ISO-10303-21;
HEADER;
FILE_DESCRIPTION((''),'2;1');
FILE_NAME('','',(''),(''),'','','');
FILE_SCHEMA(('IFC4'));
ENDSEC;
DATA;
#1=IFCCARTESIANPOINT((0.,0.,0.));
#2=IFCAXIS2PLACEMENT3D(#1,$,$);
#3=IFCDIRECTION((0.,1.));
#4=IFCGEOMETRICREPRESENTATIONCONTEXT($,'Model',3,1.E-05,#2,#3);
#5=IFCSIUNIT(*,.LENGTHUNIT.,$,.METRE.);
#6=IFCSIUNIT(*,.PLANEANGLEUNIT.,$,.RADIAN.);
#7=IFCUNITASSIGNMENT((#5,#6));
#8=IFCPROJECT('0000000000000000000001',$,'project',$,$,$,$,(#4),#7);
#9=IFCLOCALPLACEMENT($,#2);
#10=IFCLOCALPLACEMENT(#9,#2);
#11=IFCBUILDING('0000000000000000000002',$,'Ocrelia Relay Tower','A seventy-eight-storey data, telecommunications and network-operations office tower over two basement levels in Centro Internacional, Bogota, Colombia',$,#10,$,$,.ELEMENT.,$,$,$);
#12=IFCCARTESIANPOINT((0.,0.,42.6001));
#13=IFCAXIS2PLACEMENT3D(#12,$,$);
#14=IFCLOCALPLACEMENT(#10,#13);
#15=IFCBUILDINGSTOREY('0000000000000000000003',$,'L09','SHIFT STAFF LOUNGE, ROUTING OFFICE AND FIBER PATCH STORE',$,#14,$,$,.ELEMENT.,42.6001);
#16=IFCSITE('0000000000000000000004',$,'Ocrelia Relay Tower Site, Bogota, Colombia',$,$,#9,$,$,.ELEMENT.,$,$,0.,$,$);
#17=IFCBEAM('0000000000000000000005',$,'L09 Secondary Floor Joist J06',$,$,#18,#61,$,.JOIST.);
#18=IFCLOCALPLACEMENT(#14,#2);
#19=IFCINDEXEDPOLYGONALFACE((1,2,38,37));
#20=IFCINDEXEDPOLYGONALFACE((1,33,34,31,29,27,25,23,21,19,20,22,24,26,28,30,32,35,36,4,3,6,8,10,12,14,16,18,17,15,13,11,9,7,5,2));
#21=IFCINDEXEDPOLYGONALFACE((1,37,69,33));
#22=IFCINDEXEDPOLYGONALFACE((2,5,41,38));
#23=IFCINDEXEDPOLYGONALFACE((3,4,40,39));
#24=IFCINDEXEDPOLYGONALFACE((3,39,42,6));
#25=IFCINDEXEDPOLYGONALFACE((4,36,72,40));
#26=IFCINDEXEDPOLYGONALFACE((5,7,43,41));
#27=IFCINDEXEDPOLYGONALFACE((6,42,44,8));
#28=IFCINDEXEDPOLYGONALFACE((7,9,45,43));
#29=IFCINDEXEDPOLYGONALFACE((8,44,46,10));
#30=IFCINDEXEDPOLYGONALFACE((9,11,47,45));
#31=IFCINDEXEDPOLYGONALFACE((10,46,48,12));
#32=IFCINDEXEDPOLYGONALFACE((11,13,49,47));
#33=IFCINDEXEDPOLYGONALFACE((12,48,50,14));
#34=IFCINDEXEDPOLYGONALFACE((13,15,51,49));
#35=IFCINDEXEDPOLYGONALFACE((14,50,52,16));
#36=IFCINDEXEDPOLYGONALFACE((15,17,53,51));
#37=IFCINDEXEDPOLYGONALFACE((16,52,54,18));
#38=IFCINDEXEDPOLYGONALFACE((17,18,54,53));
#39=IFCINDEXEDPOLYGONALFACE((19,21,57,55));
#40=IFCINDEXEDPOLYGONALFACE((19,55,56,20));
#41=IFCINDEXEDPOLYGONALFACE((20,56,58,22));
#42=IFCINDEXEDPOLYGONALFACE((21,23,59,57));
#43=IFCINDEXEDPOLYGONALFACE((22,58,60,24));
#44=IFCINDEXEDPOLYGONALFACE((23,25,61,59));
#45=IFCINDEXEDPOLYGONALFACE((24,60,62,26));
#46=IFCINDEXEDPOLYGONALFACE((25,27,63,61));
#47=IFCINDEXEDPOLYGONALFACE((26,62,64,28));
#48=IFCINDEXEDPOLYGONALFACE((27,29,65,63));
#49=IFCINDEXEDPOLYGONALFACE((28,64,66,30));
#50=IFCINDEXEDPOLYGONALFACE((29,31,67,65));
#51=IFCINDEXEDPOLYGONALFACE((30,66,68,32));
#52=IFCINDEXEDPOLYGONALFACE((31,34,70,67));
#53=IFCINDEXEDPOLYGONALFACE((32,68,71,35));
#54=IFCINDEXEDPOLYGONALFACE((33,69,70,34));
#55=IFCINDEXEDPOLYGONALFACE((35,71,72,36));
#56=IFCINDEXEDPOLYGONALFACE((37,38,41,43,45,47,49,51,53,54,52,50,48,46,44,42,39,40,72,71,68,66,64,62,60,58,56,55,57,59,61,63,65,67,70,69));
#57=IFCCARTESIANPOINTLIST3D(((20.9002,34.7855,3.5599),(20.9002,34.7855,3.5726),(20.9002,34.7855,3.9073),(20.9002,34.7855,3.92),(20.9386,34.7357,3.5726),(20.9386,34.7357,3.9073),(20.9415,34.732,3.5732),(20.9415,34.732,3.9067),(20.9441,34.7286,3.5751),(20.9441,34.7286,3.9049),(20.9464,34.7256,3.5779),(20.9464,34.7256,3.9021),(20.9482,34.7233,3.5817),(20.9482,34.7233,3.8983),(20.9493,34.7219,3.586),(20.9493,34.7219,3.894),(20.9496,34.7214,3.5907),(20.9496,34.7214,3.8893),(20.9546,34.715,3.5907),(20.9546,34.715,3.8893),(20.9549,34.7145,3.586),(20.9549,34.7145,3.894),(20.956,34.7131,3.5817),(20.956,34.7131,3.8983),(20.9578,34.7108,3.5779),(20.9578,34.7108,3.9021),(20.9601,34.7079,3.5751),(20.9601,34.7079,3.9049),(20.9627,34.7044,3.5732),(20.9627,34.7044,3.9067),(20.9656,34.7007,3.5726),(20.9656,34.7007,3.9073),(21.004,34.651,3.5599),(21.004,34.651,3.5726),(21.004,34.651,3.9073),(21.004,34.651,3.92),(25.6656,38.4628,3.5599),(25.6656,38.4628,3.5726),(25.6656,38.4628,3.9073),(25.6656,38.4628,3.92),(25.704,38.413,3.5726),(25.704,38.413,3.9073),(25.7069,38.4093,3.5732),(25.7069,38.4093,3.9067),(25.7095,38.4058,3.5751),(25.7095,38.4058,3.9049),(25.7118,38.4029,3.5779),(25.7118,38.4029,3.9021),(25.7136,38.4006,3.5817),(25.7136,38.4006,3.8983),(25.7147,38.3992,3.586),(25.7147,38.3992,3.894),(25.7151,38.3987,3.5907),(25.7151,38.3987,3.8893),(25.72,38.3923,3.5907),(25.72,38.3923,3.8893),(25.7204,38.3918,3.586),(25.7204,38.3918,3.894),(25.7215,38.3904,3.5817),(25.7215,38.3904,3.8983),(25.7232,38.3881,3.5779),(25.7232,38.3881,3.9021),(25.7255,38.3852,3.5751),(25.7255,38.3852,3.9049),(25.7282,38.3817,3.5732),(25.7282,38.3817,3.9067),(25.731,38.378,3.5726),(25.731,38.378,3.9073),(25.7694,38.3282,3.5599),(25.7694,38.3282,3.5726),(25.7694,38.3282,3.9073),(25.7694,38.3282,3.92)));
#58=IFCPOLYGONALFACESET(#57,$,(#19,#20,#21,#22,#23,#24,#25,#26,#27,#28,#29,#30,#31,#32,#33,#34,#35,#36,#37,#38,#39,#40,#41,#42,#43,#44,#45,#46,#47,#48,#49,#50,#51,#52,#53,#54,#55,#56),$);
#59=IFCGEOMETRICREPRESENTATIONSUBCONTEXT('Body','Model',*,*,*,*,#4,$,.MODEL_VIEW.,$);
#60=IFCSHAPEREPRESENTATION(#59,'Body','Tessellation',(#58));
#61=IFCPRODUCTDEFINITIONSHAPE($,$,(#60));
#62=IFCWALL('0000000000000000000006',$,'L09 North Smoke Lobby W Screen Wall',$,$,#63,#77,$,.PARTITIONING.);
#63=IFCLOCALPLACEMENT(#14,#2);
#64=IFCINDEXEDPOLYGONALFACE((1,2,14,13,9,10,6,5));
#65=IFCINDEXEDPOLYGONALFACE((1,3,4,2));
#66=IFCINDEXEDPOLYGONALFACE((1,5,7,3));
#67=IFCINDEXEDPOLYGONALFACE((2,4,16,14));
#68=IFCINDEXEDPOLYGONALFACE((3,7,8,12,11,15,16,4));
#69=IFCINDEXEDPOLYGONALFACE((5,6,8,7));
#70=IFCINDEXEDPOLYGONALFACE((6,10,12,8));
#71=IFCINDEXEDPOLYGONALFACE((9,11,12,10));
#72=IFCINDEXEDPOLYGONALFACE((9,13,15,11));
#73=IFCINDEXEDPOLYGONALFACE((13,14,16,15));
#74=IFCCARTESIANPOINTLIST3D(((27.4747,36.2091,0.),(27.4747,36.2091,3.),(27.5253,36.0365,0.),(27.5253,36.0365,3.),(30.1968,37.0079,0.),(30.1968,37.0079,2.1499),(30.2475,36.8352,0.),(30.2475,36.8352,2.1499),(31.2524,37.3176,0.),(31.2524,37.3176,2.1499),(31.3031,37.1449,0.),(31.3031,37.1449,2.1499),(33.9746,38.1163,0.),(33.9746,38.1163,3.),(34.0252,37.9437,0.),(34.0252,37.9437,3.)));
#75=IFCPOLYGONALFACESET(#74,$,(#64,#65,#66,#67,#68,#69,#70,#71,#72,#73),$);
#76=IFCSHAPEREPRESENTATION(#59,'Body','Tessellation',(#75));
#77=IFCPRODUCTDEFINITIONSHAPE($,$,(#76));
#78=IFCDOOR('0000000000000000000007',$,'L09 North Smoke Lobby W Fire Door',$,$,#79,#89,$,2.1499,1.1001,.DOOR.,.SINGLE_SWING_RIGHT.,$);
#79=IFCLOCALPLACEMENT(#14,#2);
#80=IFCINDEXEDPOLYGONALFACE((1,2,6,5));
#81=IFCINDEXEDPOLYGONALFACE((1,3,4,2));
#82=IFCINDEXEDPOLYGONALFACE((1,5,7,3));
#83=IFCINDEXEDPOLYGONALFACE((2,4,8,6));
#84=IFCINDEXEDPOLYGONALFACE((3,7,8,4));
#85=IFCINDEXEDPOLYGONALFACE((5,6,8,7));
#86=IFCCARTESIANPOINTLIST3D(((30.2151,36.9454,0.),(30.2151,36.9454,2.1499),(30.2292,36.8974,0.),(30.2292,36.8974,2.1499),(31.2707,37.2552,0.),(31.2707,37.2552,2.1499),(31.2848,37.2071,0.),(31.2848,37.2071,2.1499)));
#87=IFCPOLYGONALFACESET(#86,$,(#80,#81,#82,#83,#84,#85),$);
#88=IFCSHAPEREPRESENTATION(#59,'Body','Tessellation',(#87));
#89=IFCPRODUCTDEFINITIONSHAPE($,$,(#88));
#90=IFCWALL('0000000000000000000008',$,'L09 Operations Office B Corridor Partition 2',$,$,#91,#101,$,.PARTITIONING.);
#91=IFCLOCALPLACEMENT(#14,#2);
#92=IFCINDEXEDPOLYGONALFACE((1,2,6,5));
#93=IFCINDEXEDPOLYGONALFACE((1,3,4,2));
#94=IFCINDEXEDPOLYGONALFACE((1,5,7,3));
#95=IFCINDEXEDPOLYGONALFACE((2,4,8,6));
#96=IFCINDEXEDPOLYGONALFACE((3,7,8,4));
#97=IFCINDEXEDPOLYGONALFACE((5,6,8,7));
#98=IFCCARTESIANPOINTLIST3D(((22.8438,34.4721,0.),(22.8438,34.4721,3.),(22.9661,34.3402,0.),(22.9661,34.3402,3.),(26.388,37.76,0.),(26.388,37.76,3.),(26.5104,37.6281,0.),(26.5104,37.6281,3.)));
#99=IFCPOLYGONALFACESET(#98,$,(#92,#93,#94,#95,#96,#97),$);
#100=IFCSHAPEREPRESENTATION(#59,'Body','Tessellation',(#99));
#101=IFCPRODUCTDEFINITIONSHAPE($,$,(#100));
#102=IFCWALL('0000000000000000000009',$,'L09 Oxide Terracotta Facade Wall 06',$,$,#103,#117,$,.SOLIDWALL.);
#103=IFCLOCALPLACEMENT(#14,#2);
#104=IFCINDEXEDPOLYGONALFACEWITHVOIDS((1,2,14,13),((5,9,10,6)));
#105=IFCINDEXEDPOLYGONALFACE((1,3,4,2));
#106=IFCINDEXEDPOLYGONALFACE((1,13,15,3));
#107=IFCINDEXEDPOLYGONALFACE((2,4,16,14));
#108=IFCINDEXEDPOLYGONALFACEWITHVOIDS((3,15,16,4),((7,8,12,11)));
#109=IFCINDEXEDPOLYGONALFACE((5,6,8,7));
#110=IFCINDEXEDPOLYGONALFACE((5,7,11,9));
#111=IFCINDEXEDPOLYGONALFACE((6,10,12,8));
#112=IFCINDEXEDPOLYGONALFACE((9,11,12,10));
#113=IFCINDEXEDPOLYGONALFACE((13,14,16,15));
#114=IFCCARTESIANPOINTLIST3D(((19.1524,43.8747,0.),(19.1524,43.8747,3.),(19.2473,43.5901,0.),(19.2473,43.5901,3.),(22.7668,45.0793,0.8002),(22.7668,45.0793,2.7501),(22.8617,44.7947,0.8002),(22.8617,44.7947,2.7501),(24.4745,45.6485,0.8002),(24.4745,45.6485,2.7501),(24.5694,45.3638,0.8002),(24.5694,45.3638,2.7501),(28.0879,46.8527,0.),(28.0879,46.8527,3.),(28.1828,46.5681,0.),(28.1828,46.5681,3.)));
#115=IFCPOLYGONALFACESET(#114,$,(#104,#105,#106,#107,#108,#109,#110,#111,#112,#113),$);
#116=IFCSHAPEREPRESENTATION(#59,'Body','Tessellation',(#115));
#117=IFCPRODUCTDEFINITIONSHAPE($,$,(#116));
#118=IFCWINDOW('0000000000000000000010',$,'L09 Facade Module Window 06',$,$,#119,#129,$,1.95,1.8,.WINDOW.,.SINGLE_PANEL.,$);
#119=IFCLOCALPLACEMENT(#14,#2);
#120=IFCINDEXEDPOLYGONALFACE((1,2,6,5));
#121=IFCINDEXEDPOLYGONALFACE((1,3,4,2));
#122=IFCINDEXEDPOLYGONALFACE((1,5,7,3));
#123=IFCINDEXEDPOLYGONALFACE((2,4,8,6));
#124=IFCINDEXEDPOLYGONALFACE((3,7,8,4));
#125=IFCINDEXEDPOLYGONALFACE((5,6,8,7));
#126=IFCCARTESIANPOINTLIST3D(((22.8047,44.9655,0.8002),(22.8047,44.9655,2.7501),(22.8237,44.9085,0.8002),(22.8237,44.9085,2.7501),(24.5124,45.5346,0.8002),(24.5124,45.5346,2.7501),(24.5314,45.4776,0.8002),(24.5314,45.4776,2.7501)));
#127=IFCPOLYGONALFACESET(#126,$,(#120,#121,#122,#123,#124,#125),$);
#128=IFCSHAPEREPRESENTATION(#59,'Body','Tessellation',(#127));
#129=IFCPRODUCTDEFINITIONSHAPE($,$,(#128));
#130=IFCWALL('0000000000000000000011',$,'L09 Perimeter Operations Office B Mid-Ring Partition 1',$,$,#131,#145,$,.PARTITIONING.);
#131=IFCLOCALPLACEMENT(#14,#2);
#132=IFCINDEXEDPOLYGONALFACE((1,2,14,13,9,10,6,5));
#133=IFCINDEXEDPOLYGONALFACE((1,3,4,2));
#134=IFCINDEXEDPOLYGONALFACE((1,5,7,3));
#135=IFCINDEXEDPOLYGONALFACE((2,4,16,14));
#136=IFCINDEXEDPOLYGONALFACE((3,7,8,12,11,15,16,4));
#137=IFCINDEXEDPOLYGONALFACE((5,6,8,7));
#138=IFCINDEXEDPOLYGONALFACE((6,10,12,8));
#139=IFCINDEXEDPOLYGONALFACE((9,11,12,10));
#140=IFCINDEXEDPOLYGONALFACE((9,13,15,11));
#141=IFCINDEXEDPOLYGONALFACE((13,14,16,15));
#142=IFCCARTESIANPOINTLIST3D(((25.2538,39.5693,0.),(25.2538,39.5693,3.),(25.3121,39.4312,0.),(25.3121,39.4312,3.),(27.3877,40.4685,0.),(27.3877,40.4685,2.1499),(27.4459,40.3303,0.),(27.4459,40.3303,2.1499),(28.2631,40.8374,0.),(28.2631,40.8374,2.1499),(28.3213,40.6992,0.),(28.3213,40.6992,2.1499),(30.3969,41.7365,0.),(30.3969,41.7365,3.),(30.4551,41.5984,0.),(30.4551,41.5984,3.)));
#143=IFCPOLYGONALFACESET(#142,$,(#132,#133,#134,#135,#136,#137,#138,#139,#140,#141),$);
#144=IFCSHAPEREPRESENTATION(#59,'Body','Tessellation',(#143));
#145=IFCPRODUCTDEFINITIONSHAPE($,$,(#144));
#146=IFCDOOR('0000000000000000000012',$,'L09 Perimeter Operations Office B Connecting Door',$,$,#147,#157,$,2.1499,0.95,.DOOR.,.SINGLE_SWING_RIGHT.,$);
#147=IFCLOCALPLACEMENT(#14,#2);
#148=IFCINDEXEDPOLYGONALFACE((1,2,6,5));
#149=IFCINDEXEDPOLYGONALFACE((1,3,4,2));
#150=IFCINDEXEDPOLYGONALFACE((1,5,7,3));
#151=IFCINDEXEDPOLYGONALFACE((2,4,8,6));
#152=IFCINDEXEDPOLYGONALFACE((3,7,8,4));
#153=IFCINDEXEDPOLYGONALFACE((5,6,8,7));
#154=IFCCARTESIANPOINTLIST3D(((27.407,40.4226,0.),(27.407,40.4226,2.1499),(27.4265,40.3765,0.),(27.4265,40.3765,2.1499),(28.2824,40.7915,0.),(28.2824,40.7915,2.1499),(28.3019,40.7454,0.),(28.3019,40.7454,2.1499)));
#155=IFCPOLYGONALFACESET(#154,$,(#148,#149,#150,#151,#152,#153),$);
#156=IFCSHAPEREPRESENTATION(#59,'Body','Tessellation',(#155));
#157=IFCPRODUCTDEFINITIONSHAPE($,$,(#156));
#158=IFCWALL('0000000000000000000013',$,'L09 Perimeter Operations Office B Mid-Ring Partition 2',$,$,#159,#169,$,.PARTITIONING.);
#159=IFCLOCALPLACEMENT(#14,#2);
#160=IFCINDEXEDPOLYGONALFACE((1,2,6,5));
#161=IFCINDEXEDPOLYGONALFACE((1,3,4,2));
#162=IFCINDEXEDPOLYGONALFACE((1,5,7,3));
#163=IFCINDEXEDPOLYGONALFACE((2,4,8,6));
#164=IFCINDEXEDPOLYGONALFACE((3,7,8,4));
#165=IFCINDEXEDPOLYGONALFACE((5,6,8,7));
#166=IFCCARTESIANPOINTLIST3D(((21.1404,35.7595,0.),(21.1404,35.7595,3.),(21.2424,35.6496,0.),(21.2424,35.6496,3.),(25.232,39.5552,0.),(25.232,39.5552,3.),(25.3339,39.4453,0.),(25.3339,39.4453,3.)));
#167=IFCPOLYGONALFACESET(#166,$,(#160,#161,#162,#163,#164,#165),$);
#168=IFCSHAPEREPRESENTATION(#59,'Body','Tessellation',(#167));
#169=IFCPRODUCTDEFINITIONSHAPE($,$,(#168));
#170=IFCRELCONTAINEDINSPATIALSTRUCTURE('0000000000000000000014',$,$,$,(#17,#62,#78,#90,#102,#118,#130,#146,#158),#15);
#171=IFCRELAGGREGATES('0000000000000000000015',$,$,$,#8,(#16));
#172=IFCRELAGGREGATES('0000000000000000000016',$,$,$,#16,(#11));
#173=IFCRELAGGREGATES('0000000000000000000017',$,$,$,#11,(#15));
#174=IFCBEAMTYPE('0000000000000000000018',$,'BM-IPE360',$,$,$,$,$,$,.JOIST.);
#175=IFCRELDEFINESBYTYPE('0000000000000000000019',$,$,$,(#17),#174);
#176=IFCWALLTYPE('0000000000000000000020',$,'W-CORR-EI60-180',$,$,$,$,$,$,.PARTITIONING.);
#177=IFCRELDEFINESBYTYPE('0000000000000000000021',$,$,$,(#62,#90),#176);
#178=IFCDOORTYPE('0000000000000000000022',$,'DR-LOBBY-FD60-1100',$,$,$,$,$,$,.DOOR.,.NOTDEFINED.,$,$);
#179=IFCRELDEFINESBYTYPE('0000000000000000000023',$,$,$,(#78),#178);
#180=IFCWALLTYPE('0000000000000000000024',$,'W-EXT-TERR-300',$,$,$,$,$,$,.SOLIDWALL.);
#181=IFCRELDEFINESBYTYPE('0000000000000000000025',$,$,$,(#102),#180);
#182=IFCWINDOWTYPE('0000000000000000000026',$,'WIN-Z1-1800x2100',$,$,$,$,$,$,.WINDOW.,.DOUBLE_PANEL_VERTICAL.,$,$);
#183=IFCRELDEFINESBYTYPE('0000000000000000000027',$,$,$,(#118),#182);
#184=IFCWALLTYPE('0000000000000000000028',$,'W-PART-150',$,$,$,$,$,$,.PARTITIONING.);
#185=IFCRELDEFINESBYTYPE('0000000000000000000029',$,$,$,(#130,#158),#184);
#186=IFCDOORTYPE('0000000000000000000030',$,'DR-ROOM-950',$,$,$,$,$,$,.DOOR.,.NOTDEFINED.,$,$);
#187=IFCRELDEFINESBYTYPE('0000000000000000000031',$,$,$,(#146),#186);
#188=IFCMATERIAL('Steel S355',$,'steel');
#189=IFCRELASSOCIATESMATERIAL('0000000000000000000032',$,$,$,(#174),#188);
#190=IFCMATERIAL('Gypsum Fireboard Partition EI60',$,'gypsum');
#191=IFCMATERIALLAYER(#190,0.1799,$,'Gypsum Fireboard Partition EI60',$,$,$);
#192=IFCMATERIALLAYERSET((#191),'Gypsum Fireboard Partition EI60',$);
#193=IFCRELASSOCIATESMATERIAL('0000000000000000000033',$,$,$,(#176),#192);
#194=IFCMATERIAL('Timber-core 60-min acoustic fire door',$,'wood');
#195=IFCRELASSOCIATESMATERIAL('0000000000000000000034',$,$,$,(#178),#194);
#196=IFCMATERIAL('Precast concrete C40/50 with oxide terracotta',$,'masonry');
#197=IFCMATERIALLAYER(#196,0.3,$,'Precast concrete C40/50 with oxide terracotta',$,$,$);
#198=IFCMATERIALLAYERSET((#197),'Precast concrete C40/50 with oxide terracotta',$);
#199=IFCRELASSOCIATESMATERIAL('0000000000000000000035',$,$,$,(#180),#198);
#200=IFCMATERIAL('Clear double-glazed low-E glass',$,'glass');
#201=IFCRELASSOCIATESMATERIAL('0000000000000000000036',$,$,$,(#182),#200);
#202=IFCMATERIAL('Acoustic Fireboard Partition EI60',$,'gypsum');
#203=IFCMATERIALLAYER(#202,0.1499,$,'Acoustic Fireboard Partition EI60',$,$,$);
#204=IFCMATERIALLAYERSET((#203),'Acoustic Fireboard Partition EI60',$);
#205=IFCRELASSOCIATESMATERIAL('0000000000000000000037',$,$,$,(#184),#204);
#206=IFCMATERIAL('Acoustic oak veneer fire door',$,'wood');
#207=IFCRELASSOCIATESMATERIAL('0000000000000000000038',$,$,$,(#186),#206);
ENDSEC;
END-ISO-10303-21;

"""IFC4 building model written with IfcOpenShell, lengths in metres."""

from ifc_helpers import new_model, si_unit, direction, frame, frame_2d, origin, origin_2d, place, context, subcontext, project, spatial, rectangle, i_section, extrude, material, layer, layer_set, material_profile, profile_set, type_object, element, fill, save


model = new_model("IFC4")

# Units and contexts
model_context = context("Model", 3, precision=1e-05, world=origin(), true_north=direction((0.0, 1.0)))
body_context = subcontext(model_context, "Body", "Model", "MODEL_VIEW")
ifc_project = project(units=[si_unit("LENGTHUNIT", "METRE"), si_unit("PLANEANGLEUNIT", "RADIAN")], contexts=[model_context])

# Site, building, storey
site_placement = place(None, origin())
site = spatial("IfcSite", under=ifc_project, at=site_placement, Name="Ocrelia Relay Tower Site, Bogota, Colombia", CompositionType="ELEMENT", RefElevation=0.0)
building_placement = place(site_placement, origin())
building = spatial("IfcBuilding", under=site, at=building_placement, Name="Ocrelia Relay Tower", Description="A seventy-eight-storey data, telecommunications and network-operations office tower over two basement levels in Centro Internacional, Bogota, Colombia", CompositionType="ELEMENT")
storey_placement = place(building_placement, frame((0.0, 0.0, 42.6001)))
storey = spatial("IfcBuildingStorey", under=building, at=storey_placement, Name="L09", Description="SHIFT STAFF LOUNGE, ROUTING OFFICE AND FIBER PATCH STORE", CompositionType="ELEMENT", Elevation=42.6001)

# Beam
ifc_material_1 = material(Name="Steel S355", Category="steel")
ifc_material_profile_1 = material_profile(ifc_material_1, i_section(OverallWidth=0.1699, OverallDepth=0.3601, WebThickness=0.0081, FlangeThickness=0.0127, FilletRadius=0.0181, at=origin_2d()), Name="IPE 360")
ifc_profile_set_1 = profile_set([ifc_material_profile_1], Name="Steel S355")
beam_type_1 = type_object("IfcBeamType", Name="BM-IPE360", PredefinedType="JOIST", material=ifc_profile_set_1)
beam_1_placement = place(storey_placement, frame((25.7175, 38.3955, 3.74), z_axis=(-0.791694, -0.610918, 0.0), x_axis=(0.610918, -0.791694, 0.0)))
element("IfcBeam", 1, at=beam_1_placement, inside=storey, type_object=beam_type_1, Name="L09 Secondary Floor Joist J06", PredefinedType="JOIST", context=body_context, shape_type="SweptSolid", body=[
    extrude(i_section(OverallWidth=0.1699, OverallDepth=0.3601, WebThickness=0.0081, FlangeThickness=0.0127, FilletRadius=0.0181, at=origin_2d()), origin(), (0.0, 0.0, 1.0), 6.0193),
])

# Wall, opening, door
ifc_material_2 = material(Name="Gypsum Fireboard Partition EI60", Category="gypsum")
ifc_layer_1 = layer(ifc_material_2, 0.1799, Name="Gypsum Fireboard Partition EI60")
ifc_layer_set_1 = layer_set([ifc_layer_1], Name="Gypsum Fireboard Partition EI60")
wall_type_1 = type_object("IfcWallType", Name="W-CORR-EI60-180", PredefinedType="PARTITIONING", material=ifc_layer_set_1)
wall_1_placement = place(storey_placement, frame((27.5, 36.1228, 0.0), z_axis=(0.0, 0.0, 1.0), x_axis=(0.959547, 0.28155, 0.0)))
wall_1 = element("IfcWall", 2, at=wall_1_placement, inside=storey, type_object=wall_type_1, Name="L09 North Smoke Lobby W Screen Wall", PredefinedType="PARTITIONING", context=body_context, shape_type="SweptSolid", body=[
    extrude(rectangle(XDim=6.7739, YDim=0.1799, at=frame_2d((3.387, 0.0))), origin(), (0.0, 0.0, 1.0), 3.0),
])
opening_1_placement = place(wall_1_placement, frame((2.8369, 0.0, 0.0)))
opening_1 = element("IfcOpeningElement", 3, at=opening_1_placement, cuts=wall_1, PredefinedType="OPENING", context=body_context, shape_type="SweptSolid", body=[
    extrude(rectangle(XDim=1.1001, YDim=2.1499, at=frame_2d((0.55, 1.075))), frame((0.0, 0.1001, 0.0), z_axis=(0.0, -1.0, 0.0), x_axis=(1.0, 0.0, 0.0)), (0.0, 0.0, 1.0), 0.2),
])
ifc_material_3 = material(Name="Timber-core 60-min acoustic fire door", Category="wood")
door_type_1 = type_object("IfcDoorType", Name="DR-LOBBY-FD60-1100", OperationType="NOTDEFINED", PredefinedType="DOOR", material=ifc_material_3)
door_1_placement = place(opening_1_placement, origin())
door_1 = element("IfcDoor", 4, at=door_1_placement, inside=storey, type_object=door_type_1, Name="L09 North Smoke Lobby W Fire Door", OperationType="SINGLE_SWING_RIGHT", OverallHeight=2.1499, OverallWidth=1.1001, PredefinedType="DOOR", context=body_context, shape_type="SweptSolid", body=[
    extrude(rectangle(XDim=1.1001, YDim=2.1499, at=frame_2d((0.55, 1.075))), frame((0.0, 0.0249, 0.0), z_axis=(0.0, -1.0, 0.0), x_axis=(1.0, 0.0, 0.0)), (0.0, 0.0, 1.0), 0.05),
])
fill(opening_1, door_1)

# Wall
wall_2_placement = place(storey_placement, frame((26.4492, 37.6941, 0.0), z_axis=(0.0, 0.0, 1.0), x_axis=(-0.733123, -0.680097, 0.0)))
element("IfcWall", 5, at=wall_2_placement, inside=storey, type_object=wall_type_1, Name="L09 Operations Office B Corridor Partition 2", PredefinedType="PARTITIONING", context=body_context, shape_type="SweptSolid", body=[
    extrude(rectangle(XDim=4.8345, YDim=0.1799, at=frame_2d((2.4172, 0.0))), origin(), (0.0, 0.0, 1.0), 3.0),
])

# Wall, opening, window
ifc_material_4 = material(Name="Precast concrete C40/50 with oxide terracotta", Category="masonry")
ifc_layer_2 = layer(ifc_material_4, 0.3, Name="Precast concrete C40/50 with oxide terracotta")
ifc_layer_set_2 = layer_set([ifc_layer_2], Name="Precast concrete C40/50 with oxide terracotta")
wall_type_2 = type_object("IfcWallType", Name="W-EXT-TERR-300", PredefinedType="SOLIDWALL", material=ifc_layer_set_2)
wall_3_placement = place(storey_placement, frame((28.1355, 46.7104, 0.0), z_axis=(0.0, 0.0, 1.0), x_axis=(-0.948699, -0.316181, 0.0)))
wall_3 = element("IfcWall", 6, at=wall_3_placement, inside=storey, type_object=wall_type_2, Name="L09 Oxide Terracotta Facade Wall 06", PredefinedType="SOLIDWALL", context=body_context, shape_type="SweptSolid", body=[
    extrude(rectangle(XDim=9.4187, YDim=0.3, at=frame_2d((4.7095, 0.0))), origin(), (0.0, 0.0, 1.0), 3.0),
])
opening_2_placement = place(wall_3_placement, frame((3.8091, 0.0, 0.8)))
opening_2 = element("IfcOpeningElement", 7, at=opening_2_placement, cuts=wall_3, PredefinedType="OPENING", context=body_context, shape_type="SweptSolid", body=[
    extrude(rectangle(XDim=1.8, YDim=1.95, at=frame_2d((0.8999, 0.9751))), frame((0.0, 0.1602, 0.0), z_axis=(0.0, -1.0, 0.0), x_axis=(1.0, 0.0, 0.0)), (0.0, 0.0, 1.0), 0.3201),
])
ifc_material_5 = material(Name="Clear double-glazed low-E glass", Category="glass")
window_type = type_object("IfcWindowType", Name="WIN-Z1-1800x2100", PartitioningType="DOUBLE_PANEL_VERTICAL", PredefinedType="WINDOW", material=ifc_material_5)
window_placement = place(opening_2_placement, origin())
window = element("IfcWindow", 8, at=window_placement, inside=storey, type_object=window_type, Name="L09 Facade Module Window 06", OverallHeight=1.95, OverallWidth=1.8, PartitioningType="SINGLE_PANEL", PredefinedType="WINDOW", context=body_context, shape_type="SweptSolid", body=[
    extrude(rectangle(XDim=1.8, YDim=1.95, at=frame_2d((0.8999, 0.9751))), frame((0.0, 0.03, 0.0), z_axis=(0.0, -1.0, 0.0), x_axis=(1.0, 0.0, 0.0)), (0.0, 0.0, 1.0), 0.0601),
])
fill(opening_2, window)

# Wall, opening, door
ifc_material_6 = material(Name="Acoustic Fireboard Partition EI60", Category="gypsum")
ifc_layer_3 = layer(ifc_material_6, 0.1499, Name="Acoustic Fireboard Partition EI60")
ifc_layer_set_3 = layer_set([ifc_layer_3], Name="Acoustic Fireboard Partition EI60")
wall_type_3 = type_object("IfcWallType", Name="W-PART-150", PredefinedType="PARTITIONING", material=ifc_layer_set_3)
wall_4_placement = place(storey_placement, frame((30.426, 41.6675, 0.0), z_axis=(0.0, 0.0, 1.0), x_axis=(-0.921524, -0.388321, 0.0)))
wall_4 = element("IfcWall", 9, at=wall_4_placement, inside=storey, type_object=wall_type_3, Name="L09 Perimeter Operations Office B Mid-Ring Partition 1", PredefinedType="PARTITIONING", context=body_context, shape_type="SweptSolid", body=[
    extrude(rectangle(XDim=5.5811, YDim=0.1499, at=frame_2d((2.7905, 0.0))), origin(), (0.0, 0.0, 1.0), 3.0),
])
opening_3_placement = place(wall_4_placement, frame((2.3154, 0.0, 0.0)))
opening_3 = element("IfcOpeningElement", 10, at=opening_3_placement, cuts=wall_4, PredefinedType="OPENING", context=body_context, shape_type="SweptSolid", body=[
    extrude(rectangle(XDim=0.95, YDim=2.1499, at=frame_2d((0.4751, 1.075))), frame((0.0, 0.085, 0.0), z_axis=(0.0, -1.0, 0.0), x_axis=(1.0, 0.0, 0.0)), (0.0, 0.0, 1.0), 0.1699),
])
ifc_material_7 = material(Name="Acoustic oak veneer fire door", Category="wood")
door_type_2 = type_object("IfcDoorType", Name="DR-ROOM-950", OperationType="NOTDEFINED", PredefinedType="DOOR", material=ifc_material_7)
door_2_placement = place(opening_3_placement, origin())
door_2 = element("IfcDoor", 11, at=door_2_placement, inside=storey, type_object=door_type_2, Name="L09 Perimeter Operations Office B Connecting Door", OperationType="SINGLE_SWING_RIGHT", OverallHeight=2.1499, OverallWidth=0.95, PredefinedType="DOOR", context=body_context, shape_type="SweptSolid", body=[
    extrude(rectangle(XDim=0.95, YDim=2.1499, at=frame_2d((0.4751, 1.075))), frame((0.0, 0.0249, 0.0), z_axis=(0.0, -1.0, 0.0), x_axis=(1.0, 0.0, 0.0)), (0.0, 0.0, 1.0), 0.05),
])
fill(opening_3, door_2)

# Wall
wall_5_placement = place(storey_placement, frame((25.283, 39.5002, 0.0), z_axis=(0.0, 0.0, 1.0), x_axis=(-0.733119, -0.6801, 0.0)))
element("IfcWall", 12, at=wall_5_placement, inside=storey, type_object=wall_type_3, Name="L09 Perimeter Operations Office B Mid-Ring Partition 2", PredefinedType="PARTITIONING", context=body_context, shape_type="SweptSolid", body=[
    extrude(rectangle(XDim=5.5811, YDim=0.1499, at=frame_2d((2.7905, 0.0))), origin(), (0.0, 0.0, 1.0), 3.0),
])

save(model, "model.ifc")
